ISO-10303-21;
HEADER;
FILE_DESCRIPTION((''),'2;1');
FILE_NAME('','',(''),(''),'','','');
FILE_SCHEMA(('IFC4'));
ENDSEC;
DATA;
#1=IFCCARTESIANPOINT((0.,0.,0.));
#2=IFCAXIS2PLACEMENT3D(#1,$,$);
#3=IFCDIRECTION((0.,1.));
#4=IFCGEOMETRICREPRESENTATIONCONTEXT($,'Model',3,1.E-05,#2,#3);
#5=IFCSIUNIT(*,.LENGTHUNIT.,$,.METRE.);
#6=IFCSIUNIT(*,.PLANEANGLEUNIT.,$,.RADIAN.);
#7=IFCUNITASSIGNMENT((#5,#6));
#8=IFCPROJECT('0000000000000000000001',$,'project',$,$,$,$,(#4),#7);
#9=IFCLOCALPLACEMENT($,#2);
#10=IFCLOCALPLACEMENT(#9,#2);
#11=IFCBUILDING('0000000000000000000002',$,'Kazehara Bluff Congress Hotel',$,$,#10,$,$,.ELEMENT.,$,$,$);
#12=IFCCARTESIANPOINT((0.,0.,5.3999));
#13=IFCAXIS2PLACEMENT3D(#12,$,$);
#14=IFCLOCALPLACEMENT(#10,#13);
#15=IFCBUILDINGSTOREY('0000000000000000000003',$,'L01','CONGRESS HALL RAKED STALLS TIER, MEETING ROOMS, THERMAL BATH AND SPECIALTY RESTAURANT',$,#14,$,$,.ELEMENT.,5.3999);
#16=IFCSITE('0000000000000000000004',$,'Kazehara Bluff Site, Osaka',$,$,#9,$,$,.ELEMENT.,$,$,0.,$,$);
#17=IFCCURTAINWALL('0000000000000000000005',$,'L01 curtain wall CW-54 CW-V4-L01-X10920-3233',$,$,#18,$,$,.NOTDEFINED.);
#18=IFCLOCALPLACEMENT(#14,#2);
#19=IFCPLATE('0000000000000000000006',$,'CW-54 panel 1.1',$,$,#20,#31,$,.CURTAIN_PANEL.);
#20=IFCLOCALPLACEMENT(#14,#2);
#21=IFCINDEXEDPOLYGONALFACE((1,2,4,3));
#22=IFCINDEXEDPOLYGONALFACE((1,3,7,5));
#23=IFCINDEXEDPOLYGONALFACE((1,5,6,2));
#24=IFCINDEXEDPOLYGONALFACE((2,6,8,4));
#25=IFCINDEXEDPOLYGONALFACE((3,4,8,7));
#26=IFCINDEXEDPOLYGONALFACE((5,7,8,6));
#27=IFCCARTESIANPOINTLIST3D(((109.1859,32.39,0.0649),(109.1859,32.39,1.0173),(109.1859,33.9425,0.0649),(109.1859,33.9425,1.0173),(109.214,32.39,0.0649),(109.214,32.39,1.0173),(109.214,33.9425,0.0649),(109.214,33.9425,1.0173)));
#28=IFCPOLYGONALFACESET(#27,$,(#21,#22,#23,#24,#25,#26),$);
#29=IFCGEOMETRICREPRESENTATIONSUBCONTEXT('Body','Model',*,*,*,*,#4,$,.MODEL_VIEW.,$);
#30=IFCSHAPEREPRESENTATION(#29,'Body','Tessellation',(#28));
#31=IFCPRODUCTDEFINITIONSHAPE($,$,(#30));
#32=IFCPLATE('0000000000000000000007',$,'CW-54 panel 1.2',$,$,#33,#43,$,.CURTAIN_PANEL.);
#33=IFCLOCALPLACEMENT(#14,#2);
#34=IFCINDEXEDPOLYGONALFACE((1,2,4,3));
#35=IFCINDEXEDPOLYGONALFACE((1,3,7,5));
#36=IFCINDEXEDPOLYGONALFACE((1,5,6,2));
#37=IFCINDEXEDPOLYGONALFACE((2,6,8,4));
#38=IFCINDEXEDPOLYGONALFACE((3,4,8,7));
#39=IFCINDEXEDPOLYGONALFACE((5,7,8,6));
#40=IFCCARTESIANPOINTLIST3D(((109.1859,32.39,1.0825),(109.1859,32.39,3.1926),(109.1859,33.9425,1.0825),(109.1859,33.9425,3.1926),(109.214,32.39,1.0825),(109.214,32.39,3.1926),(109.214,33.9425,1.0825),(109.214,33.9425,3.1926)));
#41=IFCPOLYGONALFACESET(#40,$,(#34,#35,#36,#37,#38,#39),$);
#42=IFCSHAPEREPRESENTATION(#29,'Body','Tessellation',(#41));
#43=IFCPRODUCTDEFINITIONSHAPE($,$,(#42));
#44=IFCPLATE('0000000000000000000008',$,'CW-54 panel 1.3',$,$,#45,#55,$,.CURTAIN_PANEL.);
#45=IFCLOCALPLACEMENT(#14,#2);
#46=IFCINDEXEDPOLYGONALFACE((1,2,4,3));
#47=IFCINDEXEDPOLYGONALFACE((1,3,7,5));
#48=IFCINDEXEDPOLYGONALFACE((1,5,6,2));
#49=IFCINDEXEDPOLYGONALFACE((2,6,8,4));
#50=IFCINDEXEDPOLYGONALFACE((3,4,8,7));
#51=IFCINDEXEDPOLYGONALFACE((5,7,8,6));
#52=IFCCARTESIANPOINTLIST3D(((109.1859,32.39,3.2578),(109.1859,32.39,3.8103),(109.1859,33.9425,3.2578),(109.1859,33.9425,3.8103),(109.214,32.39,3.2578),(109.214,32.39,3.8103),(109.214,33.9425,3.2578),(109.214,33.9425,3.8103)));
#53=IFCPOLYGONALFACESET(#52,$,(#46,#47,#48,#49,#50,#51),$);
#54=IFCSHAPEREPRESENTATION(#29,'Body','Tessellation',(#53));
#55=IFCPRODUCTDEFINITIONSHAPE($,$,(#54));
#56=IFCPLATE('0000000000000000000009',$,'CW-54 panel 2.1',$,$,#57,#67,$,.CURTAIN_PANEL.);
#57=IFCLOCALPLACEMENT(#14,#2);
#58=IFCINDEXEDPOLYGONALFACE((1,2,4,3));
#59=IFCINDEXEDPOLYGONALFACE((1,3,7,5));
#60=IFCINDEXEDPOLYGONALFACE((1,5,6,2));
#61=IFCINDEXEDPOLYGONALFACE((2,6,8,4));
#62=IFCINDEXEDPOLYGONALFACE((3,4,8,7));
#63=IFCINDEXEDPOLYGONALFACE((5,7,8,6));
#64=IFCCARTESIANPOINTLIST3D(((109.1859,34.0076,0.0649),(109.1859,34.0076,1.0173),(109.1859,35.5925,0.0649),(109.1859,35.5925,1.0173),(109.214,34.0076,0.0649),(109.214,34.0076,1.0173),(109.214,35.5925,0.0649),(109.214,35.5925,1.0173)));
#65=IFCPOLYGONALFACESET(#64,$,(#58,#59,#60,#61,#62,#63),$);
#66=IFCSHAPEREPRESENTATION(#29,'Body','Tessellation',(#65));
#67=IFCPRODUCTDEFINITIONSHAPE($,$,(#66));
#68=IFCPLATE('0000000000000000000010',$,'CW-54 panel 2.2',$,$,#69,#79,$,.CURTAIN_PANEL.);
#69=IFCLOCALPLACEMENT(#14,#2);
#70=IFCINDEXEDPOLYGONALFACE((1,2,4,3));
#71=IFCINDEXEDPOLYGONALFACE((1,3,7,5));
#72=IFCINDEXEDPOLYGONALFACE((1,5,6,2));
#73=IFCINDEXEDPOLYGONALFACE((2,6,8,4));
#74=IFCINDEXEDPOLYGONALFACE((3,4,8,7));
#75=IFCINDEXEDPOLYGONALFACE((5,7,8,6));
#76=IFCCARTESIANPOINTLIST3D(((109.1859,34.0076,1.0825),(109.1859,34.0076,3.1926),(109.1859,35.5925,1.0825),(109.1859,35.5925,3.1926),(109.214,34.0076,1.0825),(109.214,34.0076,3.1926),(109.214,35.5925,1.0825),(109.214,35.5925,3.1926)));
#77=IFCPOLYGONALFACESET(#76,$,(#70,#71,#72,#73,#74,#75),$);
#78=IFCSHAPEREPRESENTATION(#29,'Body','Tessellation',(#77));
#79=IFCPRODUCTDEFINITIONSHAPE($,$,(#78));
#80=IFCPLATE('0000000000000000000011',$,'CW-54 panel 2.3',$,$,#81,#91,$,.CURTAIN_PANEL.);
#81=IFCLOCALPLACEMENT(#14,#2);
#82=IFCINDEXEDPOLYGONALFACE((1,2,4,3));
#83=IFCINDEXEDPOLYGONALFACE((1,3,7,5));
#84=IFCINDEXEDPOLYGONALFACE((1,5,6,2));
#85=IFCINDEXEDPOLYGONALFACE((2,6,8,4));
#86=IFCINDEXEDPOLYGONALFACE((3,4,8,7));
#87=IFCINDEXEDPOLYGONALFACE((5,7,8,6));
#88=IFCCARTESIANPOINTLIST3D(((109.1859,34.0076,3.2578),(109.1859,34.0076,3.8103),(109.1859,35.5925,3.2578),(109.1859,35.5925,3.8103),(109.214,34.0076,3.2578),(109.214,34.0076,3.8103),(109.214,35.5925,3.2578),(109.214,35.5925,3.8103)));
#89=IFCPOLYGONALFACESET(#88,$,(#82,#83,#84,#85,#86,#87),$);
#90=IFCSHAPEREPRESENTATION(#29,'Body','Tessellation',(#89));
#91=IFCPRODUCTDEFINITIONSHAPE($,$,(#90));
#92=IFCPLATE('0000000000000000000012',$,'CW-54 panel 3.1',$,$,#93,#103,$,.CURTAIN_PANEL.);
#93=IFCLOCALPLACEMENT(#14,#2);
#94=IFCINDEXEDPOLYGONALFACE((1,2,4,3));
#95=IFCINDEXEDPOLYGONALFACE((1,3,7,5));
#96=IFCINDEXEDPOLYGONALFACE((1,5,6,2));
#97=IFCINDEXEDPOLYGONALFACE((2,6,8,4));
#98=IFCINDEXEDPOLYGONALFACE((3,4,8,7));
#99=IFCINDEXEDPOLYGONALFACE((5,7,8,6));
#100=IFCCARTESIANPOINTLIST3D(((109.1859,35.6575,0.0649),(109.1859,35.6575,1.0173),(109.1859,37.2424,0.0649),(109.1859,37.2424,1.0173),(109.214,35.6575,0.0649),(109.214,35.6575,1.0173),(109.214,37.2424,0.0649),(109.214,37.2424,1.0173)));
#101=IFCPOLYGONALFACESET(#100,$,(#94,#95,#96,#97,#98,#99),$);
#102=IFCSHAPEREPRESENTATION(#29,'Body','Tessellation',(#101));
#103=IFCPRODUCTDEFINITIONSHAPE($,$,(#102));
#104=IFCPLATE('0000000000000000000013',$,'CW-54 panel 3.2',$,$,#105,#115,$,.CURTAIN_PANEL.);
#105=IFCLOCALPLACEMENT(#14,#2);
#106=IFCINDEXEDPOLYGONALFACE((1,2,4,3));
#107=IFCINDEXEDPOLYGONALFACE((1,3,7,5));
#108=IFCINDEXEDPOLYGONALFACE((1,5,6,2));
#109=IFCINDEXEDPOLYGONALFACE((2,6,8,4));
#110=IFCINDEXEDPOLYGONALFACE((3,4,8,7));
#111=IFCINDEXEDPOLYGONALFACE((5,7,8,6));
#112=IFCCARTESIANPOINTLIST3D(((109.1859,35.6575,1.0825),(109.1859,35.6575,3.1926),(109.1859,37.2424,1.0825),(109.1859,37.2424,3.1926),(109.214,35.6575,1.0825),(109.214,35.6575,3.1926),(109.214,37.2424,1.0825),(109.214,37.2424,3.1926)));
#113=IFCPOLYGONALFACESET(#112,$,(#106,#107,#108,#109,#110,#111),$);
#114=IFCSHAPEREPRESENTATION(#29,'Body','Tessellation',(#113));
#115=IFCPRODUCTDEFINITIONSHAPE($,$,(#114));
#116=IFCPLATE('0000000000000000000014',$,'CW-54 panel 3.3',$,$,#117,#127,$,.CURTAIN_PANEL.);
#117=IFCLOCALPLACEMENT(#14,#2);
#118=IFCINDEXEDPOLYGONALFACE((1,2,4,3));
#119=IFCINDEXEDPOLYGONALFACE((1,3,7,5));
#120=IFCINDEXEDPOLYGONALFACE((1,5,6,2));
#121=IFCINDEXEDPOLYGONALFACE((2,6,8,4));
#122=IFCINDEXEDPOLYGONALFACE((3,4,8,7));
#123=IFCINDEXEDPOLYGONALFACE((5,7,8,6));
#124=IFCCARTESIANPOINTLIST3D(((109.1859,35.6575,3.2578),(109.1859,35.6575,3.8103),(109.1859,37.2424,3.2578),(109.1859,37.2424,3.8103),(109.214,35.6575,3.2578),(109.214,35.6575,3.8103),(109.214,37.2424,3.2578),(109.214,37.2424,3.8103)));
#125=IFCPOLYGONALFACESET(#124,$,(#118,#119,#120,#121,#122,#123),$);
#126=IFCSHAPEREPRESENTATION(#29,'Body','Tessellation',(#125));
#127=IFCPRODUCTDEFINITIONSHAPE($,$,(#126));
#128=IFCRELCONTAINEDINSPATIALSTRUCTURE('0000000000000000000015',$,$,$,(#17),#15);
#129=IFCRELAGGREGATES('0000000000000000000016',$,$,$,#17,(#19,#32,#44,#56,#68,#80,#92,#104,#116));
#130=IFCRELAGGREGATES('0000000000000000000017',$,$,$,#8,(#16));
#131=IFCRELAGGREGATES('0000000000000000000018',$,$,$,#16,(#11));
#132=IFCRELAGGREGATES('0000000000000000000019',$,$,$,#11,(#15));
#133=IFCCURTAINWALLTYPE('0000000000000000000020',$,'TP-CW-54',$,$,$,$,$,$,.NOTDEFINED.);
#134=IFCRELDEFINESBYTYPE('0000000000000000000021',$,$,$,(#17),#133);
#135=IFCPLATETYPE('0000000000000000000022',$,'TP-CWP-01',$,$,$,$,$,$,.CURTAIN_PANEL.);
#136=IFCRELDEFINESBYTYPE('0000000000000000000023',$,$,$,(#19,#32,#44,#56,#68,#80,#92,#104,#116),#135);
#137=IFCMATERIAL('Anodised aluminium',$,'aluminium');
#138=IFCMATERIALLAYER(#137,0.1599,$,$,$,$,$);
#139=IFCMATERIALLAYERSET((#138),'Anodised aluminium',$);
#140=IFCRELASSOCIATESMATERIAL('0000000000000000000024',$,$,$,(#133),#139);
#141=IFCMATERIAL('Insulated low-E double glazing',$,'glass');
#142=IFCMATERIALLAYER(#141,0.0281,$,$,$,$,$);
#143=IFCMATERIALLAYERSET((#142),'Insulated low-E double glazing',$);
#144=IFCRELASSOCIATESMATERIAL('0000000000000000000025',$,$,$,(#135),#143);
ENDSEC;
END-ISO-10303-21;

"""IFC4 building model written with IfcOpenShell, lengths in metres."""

from ifc_helpers import new_model, si_unit, direction, frame, origin, origin_2d, place, context, subcontext, project, spatial, rectangle, extrude, material, layer, layer_set, type_object, element, aggregate, save


model = new_model("IFC4")

# Units and contexts
model_context = context("Model", 3, precision=1e-05, world=origin(), true_north=direction((0.0, 1.0)))
body_context = subcontext(model_context, "Body", "Model", "MODEL_VIEW")
ifc_project = project(units=[si_unit("LENGTHUNIT", "METRE"), si_unit("PLANEANGLEUNIT", "RADIAN")], contexts=[model_context])

# Site, building, storey
site_placement = place(None, origin())
site = spatial("IfcSite", under=ifc_project, at=site_placement, Name="Kazehara Bluff Site, Osaka", CompositionType="ELEMENT", RefElevation=0.0)
building_placement = place(site_placement, origin())
building = spatial("IfcBuilding", under=site, at=building_placement, Name="Kazehara Bluff Congress Hotel", CompositionType="ELEMENT")
storey_placement = place(building_placement, frame((0.0, 0.0, 5.3999)))
storey = spatial("IfcBuildingStorey", under=building, at=storey_placement, Name="L01", Description="CONGRESS HALL RAKED STALLS TIER, MEETING ROOMS, THERMAL BATH AND SPECIALTY RESTAURANT", CompositionType="ELEMENT", Elevation=5.3999)

# Curtain wall
ifc_material_1 = material(Name="Anodised aluminium", Category="aluminium")
ifc_layer_1 = layer(ifc_material_1, 0.1599)
ifc_layer_set_1 = layer_set([ifc_layer_1], Name="Anodised aluminium")
curtain_wall_type_1 = type_object("IfcCurtainWallType", Name="TP-CW-54", PredefinedType="NOTDEFINED", material=ifc_layer_set_1)
curtain_wall_1_placement = place(storey_placement, origin())
curtain_wall_1 = element("IfcCurtainWall", 1, at=curtain_wall_1_placement, inside=storey, type_object=curtain_wall_type_1, Name="L01 curtain wall CW-54 CW-V4-L01-X10920-3233", PredefinedType="NOTDEFINED")

# Plates
ifc_material_2 = material(Name="Insulated low-E double glazing", Category="glass")
ifc_layer_2 = layer(ifc_material_2, 0.0281)
ifc_layer_set_2 = layer_set([ifc_layer_2], Name="Insulated low-E double glazing")
plate_type = type_object("IfcPlateType", Name="TP-CWP-01", PredefinedType="CURTAIN_PANEL", material=ifc_layer_set_2)
plate_1_placement = place(storey_placement, frame((109.2, 33.1663, 0.0649), z_axis=(0.0, 0.0, 1.0), x_axis=(0.0, 1.0, 0.0)))
plate_1 = element("IfcPlate", 2, at=plate_1_placement, type_object=plate_type, Name="CW-54 panel 1.1", PredefinedType="CURTAIN_PANEL", context=body_context, shape_type="SweptSolid", body=[
    extrude(rectangle(XDim=1.5525, YDim=0.0281, at=origin_2d()), origin(), (0.0, 0.0, 1.0), 0.9524),
])
plate_2_placement = place(storey_placement, frame((109.2, 33.1663, 1.0825), z_axis=(0.0, 0.0, 1.0), x_axis=(0.0, 1.0, 0.0)))
plate_2 = element("IfcPlate", 3, at=plate_2_placement, type_object=plate_type, Name="CW-54 panel 1.2", PredefinedType="CURTAIN_PANEL", context=body_context, shape_type="SweptSolid", body=[
    extrude(rectangle(XDim=1.5525, YDim=0.0281, at=origin_2d()), origin(), (0.0, 0.0, 1.0), 2.1101),
])
plate_3_placement = place(storey_placement, frame((109.2, 33.1663, 3.2578), z_axis=(0.0, 0.0, 1.0), x_axis=(0.0, 1.0, 0.0)))
plate_3 = element("IfcPlate", 4, at=plate_3_placement, type_object=plate_type, Name="CW-54 panel 1.3", PredefinedType="CURTAIN_PANEL", context=body_context, shape_type="SweptSolid", body=[
    extrude(rectangle(XDim=1.5525, YDim=0.0281, at=origin_2d()), origin(), (0.0, 0.0, 1.0), 0.5525),
])
plate_4_placement = place(storey_placement, frame((109.2, 34.8, 0.0649), z_axis=(0.0, 0.0, 1.0), x_axis=(0.0, 1.0, 0.0)))
plate_4 = element("IfcPlate", 5, at=plate_4_placement, type_object=plate_type, Name="CW-54 panel 2.1", PredefinedType="CURTAIN_PANEL", context=body_context, shape_type="SweptSolid", body=[
    extrude(rectangle(XDim=1.585, YDim=0.0281, at=origin_2d()), origin(), (0.0, 0.0, 1.0), 0.9524),
])
plate_5_placement = place(storey_placement, frame((109.2, 34.8, 1.0825), z_axis=(0.0, 0.0, 1.0), x_axis=(0.0, 1.0, 0.0)))
plate_5 = element("IfcPlate", 6, at=plate_5_placement, type_object=plate_type, Name="CW-54 panel 2.2", PredefinedType="CURTAIN_PANEL", context=body_context, shape_type="SweptSolid", body=[
    extrude(rectangle(XDim=1.585, YDim=0.0281, at=origin_2d()), origin(), (0.0, 0.0, 1.0), 2.1101),
])
plate_6_placement = place(storey_placement, frame((109.2, 34.8, 3.2578), z_axis=(0.0, 0.0, 1.0), x_axis=(0.0, 1.0, 0.0)))
plate_6 = element("IfcPlate", 7, at=plate_6_placement, type_object=plate_type, Name="CW-54 panel 2.3", PredefinedType="CURTAIN_PANEL", context=body_context, shape_type="SweptSolid", body=[
    extrude(rectangle(XDim=1.585, YDim=0.0281, at=origin_2d()), origin(), (0.0, 0.0, 1.0), 0.5525),
])
plate_7_placement = place(storey_placement, frame((109.2, 36.45, 0.0649), z_axis=(0.0, 0.0, 1.0), x_axis=(0.0, 1.0, 0.0)))
plate_7 = element("IfcPlate", 8, at=plate_7_placement, type_object=plate_type, Name="CW-54 panel 3.1", PredefinedType="CURTAIN_PANEL", context=body_context, shape_type="SweptSolid", body=[
    extrude(rectangle(XDim=1.585, YDim=0.0281, at=origin_2d()), origin(), (0.0, 0.0, 1.0), 0.9524),
])
plate_8_placement = place(storey_placement, frame((109.2, 36.45, 1.0825), z_axis=(0.0, 0.0, 1.0), x_axis=(0.0, 1.0, 0.0)))
plate_8 = element("IfcPlate", 9, at=plate_8_placement, type_object=plate_type, Name="CW-54 panel 3.2", PredefinedType="CURTAIN_PANEL", context=body_context, shape_type="SweptSolid", body=[
    extrude(rectangle(XDim=1.585, YDim=0.0281, at=origin_2d()), origin(), (0.0, 0.0, 1.0), 2.1101),
])
plate_9_placement = place(storey_placement, frame((109.2, 36.45, 3.2578), z_axis=(0.0, 0.0, 1.0), x_axis=(0.0, 1.0, 0.0)))
plate_9 = element("IfcPlate", 10, at=plate_9_placement, type_object=plate_type, Name="CW-54 panel 3.3", PredefinedType="CURTAIN_PANEL", context=body_context, shape_type="SweptSolid", body=[
    extrude(rectangle(XDim=1.585, YDim=0.0281, at=origin_2d()), origin(), (0.0, 0.0, 1.0), 0.5525),
])
aggregate(curtain_wall_1, [plate_1, plate_2, plate_3, plate_4, plate_5, plate_6, plate_7, plate_8, plate_9])

save(model, "model.ifc")
